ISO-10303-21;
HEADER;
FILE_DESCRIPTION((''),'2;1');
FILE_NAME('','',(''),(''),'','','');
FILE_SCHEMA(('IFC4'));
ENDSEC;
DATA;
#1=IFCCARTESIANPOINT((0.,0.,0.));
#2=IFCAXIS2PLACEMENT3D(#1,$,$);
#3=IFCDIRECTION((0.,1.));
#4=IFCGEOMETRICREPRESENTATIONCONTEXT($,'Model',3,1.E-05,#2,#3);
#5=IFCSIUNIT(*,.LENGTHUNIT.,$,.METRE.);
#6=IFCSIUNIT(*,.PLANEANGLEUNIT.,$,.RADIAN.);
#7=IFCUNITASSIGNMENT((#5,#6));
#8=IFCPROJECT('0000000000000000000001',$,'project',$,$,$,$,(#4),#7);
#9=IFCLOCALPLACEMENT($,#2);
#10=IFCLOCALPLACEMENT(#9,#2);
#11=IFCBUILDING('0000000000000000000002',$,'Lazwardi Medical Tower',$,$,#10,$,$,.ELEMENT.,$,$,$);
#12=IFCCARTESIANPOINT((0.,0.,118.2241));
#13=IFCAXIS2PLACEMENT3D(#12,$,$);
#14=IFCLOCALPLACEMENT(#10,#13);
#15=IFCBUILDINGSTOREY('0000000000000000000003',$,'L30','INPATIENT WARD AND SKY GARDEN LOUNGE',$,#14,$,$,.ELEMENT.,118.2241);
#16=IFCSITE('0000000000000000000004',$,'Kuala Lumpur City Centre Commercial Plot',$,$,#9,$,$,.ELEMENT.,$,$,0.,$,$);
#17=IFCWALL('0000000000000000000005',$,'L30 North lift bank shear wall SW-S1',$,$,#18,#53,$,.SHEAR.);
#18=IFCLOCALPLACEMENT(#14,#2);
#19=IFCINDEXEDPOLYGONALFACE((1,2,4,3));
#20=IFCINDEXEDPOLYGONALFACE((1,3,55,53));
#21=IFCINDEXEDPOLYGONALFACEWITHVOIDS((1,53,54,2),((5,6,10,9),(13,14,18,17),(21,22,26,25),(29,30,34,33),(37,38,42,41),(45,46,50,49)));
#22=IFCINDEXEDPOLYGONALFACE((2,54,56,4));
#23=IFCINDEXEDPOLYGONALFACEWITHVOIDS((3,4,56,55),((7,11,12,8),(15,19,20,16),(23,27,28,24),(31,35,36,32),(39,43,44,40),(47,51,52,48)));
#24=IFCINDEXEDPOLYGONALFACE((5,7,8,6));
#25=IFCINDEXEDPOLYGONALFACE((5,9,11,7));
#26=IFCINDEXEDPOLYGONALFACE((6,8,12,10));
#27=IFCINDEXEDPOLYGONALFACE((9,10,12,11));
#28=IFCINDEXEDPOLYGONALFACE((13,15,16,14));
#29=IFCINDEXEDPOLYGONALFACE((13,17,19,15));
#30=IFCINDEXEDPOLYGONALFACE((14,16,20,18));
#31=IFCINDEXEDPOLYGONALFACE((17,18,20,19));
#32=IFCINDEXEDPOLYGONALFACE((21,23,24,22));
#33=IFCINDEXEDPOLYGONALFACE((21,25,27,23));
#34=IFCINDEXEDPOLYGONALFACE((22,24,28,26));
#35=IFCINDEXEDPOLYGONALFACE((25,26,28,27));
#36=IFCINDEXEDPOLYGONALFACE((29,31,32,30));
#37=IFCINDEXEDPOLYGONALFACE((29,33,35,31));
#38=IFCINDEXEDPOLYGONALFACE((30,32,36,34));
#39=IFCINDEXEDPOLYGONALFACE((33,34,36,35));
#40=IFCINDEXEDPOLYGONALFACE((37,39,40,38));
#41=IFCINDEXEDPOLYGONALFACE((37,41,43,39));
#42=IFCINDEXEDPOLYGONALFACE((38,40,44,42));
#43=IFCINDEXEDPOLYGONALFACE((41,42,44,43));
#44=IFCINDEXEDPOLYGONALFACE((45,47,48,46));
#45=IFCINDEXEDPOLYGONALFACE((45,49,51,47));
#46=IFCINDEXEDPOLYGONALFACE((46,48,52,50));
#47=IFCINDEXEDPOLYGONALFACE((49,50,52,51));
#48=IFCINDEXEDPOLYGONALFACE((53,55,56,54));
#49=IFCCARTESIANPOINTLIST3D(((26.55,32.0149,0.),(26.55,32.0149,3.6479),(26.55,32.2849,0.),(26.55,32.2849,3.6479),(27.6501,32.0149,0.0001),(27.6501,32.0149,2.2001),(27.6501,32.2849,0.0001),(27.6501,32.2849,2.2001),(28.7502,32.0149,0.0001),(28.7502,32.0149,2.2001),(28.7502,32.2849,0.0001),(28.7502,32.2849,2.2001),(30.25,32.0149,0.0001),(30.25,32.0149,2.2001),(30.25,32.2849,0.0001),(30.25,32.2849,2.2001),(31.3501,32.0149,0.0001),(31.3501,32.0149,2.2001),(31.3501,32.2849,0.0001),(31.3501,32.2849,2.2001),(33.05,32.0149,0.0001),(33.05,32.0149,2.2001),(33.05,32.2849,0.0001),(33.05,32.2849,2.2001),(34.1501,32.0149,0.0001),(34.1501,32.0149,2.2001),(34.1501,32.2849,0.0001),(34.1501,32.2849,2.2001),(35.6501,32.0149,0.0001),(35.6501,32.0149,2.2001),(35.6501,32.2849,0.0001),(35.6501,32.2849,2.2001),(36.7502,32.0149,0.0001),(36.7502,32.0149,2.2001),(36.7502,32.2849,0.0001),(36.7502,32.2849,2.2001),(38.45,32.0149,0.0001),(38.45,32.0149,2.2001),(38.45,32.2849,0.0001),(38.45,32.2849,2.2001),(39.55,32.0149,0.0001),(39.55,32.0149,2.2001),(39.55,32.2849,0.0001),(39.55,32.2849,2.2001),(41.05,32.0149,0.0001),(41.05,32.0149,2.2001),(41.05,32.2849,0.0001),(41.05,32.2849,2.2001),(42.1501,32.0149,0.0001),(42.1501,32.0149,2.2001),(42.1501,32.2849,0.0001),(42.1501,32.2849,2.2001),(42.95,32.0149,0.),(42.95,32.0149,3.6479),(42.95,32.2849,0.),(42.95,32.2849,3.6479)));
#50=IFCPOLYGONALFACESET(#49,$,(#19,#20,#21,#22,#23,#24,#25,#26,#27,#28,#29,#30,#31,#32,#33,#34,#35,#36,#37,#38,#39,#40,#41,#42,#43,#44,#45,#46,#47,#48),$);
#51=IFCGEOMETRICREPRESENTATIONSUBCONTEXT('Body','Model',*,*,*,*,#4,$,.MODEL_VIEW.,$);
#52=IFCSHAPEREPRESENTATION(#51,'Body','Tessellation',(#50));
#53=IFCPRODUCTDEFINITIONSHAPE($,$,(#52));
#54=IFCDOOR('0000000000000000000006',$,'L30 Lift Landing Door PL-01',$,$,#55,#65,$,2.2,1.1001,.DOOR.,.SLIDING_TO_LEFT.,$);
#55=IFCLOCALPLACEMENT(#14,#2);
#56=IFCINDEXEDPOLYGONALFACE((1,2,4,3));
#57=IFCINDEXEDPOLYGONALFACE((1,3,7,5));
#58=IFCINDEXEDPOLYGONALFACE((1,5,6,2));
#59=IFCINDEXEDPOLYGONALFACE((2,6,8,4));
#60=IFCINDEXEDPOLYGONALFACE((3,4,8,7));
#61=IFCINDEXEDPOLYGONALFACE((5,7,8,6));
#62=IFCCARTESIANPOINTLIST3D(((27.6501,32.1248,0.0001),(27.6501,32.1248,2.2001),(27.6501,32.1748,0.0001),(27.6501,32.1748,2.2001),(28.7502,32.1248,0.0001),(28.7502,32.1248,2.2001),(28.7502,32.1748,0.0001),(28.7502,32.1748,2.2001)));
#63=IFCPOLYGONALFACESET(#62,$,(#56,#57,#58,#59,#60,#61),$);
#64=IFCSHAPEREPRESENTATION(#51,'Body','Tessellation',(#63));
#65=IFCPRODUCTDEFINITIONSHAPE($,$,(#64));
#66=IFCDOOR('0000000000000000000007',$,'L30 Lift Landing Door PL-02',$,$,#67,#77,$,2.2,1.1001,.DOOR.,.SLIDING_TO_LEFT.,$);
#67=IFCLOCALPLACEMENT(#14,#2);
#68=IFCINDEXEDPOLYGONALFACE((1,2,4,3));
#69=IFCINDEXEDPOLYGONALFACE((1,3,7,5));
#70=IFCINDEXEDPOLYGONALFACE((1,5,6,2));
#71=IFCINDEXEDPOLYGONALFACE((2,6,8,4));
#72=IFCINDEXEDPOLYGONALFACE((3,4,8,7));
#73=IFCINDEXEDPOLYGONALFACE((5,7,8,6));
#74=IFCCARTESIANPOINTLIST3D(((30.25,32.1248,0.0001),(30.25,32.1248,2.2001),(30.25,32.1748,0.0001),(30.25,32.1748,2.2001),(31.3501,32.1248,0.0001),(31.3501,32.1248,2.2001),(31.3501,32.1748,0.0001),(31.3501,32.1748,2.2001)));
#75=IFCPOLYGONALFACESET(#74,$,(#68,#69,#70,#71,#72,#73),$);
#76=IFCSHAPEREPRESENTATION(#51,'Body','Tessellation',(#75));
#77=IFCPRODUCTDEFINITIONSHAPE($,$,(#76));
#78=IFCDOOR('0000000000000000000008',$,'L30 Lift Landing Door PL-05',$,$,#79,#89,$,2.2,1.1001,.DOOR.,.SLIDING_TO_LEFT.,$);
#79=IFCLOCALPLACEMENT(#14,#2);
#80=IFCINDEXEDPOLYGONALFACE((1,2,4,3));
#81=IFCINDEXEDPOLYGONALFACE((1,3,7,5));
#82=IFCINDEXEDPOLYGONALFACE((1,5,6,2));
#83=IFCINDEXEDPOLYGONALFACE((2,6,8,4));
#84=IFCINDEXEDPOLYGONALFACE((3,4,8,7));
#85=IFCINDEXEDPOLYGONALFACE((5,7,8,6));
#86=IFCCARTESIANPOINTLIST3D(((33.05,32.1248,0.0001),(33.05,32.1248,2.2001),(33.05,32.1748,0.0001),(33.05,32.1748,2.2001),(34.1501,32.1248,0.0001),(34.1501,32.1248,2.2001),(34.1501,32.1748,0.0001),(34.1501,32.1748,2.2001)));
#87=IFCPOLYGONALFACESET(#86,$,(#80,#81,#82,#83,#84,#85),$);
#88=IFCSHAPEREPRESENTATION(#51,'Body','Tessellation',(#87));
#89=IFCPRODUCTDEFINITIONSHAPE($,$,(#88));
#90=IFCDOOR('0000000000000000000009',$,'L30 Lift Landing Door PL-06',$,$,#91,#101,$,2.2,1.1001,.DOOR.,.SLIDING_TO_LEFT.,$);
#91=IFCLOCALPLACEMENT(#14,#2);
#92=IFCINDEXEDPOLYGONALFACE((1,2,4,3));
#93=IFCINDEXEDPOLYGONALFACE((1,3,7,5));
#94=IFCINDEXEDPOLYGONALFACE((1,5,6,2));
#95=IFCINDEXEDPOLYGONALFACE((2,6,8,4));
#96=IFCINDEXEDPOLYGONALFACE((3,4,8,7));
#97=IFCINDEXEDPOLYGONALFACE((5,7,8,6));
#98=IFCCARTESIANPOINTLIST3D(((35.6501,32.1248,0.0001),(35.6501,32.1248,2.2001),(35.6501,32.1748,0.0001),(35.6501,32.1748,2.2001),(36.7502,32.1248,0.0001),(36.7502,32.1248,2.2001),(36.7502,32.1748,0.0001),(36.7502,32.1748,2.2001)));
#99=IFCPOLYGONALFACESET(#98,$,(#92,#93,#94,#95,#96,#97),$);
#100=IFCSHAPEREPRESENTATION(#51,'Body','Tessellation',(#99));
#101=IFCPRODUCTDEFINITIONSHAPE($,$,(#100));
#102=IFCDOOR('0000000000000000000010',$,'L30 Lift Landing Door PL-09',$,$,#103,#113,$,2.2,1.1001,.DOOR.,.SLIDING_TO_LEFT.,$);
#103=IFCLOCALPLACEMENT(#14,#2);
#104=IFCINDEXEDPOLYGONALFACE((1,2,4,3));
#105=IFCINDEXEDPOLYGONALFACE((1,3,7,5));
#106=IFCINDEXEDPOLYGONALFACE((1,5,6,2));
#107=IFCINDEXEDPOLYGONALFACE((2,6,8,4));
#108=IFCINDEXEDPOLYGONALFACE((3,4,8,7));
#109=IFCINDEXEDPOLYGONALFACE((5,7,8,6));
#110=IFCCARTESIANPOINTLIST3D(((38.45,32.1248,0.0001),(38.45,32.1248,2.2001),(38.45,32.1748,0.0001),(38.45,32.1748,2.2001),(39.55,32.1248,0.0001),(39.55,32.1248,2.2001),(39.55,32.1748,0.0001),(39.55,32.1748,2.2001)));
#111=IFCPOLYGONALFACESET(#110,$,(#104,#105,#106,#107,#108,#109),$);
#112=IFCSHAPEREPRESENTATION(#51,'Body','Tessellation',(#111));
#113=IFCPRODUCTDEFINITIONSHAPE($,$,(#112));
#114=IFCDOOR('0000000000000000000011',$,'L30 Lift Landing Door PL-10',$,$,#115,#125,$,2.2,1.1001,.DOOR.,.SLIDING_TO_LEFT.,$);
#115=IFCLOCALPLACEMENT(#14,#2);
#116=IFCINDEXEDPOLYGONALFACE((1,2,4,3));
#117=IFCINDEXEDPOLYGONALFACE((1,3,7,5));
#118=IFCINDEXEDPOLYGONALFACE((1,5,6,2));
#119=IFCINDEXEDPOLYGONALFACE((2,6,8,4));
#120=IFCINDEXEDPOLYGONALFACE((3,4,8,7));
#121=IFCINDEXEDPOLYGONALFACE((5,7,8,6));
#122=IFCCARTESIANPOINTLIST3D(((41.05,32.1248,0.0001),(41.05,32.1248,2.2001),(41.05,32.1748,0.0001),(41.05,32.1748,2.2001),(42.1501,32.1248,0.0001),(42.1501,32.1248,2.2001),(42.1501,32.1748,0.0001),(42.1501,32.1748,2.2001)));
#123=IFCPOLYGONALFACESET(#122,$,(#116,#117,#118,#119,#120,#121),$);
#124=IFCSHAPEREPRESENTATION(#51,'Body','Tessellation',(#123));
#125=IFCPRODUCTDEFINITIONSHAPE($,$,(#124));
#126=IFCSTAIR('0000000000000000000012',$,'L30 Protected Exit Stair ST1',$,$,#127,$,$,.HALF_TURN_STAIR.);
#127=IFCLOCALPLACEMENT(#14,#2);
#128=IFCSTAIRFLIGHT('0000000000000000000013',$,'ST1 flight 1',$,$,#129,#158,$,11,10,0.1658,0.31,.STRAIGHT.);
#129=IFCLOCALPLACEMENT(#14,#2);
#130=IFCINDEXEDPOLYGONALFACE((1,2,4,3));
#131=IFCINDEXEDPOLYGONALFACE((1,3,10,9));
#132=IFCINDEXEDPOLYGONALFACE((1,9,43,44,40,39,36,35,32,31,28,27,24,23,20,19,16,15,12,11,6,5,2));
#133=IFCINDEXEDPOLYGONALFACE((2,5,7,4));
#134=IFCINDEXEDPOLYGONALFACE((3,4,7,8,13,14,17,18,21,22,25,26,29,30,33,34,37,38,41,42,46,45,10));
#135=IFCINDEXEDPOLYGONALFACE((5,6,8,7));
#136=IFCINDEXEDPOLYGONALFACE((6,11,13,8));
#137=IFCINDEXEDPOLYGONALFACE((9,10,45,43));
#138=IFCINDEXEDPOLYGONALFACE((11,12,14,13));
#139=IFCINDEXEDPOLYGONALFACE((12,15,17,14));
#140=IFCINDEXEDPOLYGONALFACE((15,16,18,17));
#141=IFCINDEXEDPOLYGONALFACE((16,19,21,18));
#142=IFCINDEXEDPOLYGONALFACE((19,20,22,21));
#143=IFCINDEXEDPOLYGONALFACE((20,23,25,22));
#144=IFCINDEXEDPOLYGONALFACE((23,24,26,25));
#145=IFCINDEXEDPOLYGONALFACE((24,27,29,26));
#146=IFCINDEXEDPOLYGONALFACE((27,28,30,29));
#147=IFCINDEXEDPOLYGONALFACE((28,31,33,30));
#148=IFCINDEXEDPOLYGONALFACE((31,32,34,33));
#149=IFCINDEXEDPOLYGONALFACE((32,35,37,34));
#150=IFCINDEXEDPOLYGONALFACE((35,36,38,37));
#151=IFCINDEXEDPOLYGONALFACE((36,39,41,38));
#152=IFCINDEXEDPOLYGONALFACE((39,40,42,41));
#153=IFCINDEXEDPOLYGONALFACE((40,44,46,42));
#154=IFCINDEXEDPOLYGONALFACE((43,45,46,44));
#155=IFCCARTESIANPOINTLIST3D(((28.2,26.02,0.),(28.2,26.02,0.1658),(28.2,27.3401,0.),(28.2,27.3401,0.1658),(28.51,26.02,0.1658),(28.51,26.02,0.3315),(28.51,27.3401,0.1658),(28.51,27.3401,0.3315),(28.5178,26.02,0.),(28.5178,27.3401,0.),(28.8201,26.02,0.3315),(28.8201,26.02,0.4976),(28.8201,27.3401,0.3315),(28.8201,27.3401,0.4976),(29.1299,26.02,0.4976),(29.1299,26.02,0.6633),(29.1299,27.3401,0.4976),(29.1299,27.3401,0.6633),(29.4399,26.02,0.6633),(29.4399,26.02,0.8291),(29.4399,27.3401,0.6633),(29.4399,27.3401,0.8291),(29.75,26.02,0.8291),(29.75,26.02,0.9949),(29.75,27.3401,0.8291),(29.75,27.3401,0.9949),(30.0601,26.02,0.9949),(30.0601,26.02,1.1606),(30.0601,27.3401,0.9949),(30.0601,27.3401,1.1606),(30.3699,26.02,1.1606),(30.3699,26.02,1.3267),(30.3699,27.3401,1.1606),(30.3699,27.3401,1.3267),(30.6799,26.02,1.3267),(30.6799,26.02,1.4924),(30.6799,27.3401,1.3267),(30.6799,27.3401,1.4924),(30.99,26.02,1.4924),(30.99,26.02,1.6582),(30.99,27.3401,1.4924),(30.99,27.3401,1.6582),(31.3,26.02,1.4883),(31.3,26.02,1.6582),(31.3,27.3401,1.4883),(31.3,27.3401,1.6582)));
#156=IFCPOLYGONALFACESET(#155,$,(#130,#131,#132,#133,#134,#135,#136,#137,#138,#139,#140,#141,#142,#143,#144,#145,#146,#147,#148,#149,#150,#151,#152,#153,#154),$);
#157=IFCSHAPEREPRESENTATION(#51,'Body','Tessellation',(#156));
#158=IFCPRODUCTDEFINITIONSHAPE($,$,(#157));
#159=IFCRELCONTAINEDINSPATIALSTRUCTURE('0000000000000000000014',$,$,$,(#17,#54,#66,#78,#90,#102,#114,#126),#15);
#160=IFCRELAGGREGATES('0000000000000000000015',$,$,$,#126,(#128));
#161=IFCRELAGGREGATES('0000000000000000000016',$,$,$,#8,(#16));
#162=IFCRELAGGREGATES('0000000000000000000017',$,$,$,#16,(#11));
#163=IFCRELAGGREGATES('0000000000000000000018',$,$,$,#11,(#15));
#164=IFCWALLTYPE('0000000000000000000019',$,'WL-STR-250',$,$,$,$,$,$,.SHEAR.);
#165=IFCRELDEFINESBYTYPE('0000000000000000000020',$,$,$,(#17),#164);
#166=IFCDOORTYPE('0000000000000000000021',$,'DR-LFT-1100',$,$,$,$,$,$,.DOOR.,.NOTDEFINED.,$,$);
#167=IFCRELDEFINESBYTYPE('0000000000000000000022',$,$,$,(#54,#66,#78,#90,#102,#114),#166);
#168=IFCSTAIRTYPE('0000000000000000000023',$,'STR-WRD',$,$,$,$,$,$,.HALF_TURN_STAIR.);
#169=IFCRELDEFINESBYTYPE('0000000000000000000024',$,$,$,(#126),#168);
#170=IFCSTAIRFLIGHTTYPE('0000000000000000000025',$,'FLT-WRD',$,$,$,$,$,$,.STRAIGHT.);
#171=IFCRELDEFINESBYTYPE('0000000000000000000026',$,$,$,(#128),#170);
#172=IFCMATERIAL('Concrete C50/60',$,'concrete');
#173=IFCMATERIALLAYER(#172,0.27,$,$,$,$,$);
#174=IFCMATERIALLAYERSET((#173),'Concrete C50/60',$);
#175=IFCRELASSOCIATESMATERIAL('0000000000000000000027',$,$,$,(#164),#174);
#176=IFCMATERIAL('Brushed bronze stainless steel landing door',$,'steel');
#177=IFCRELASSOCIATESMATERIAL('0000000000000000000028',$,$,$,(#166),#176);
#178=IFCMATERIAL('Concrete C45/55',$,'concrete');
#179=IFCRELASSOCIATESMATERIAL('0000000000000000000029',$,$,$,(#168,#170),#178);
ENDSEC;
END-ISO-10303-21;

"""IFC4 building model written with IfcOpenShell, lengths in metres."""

from ifc_helpers import new_model, si_unit, direction, frame, frame_2d, origin, place, context, subcontext, project, spatial, polyline, rectangle, outline, extrude, material, layer, layer_set, type_object, element, fill, aggregate, save


model = new_model("IFC4")

# Units and contexts
model_context = context("Model", 3, precision=1e-05, world=origin(), true_north=direction((0.0, 1.0)))
body_context = subcontext(model_context, "Body", "Model", "MODEL_VIEW")
ifc_project = project(units=[si_unit("LENGTHUNIT", "METRE"), si_unit("PLANEANGLEUNIT", "RADIAN")], contexts=[model_context])

# Site, building, storey
site_placement = place(None, origin())
site = spatial("IfcSite", under=ifc_project, at=site_placement, Name="Kuala Lumpur City Centre Commercial Plot", CompositionType="ELEMENT", RefElevation=0.0)
building_placement = place(site_placement, origin())
building = spatial("IfcBuilding", under=site, at=building_placement, Name="Lazwardi Medical Tower", CompositionType="ELEMENT")
storey_placement = place(building_placement, frame((0.0, 0.0, 118.2241)))
storey = spatial("IfcBuildingStorey", under=building, at=storey_placement, Name="L30", Description="INPATIENT WARD AND SKY GARDEN LOUNGE", CompositionType="ELEMENT", Elevation=118.2241)

# Shared definitions
ifc_material_1 = material(Name="Concrete C50/60", Category="concrete")
ifc_layer_1 = layer(ifc_material_1, 0.27)
ifc_layer_set_1 = layer_set([ifc_layer_1], Name="Concrete C50/60")
wall_type_1 = type_object("IfcWallType", Name="WL-STR-250", PredefinedType="SHEAR", material=ifc_layer_set_1)

# Wall, openings, doors
wall_1_placement = place(storey_placement, frame((26.55, 32.1499, 0.0), z_axis=(0.0, 0.0, 1.0), x_axis=(1.0, 0.0, 0.0)))
wall_1 = element("IfcWall", 1, at=wall_1_placement, inside=storey, type_object=wall_type_1, Name="L30 North lift bank shear wall SW-S1", PredefinedType="SHEAR", context=body_context, shape_type="SweptSolid", body=[
    extrude(rectangle(XDim=16.3999, YDim=0.27, at=frame_2d((8.2, 0.0))), origin(), (0.0, 0.0, 1.0), 3.6479),
])
opening_1_placement = place(wall_1_placement, frame((1.1001, 0.0, 0.0)))
opening_1 = element("IfcOpeningElement", 2, at=opening_1_placement, cuts=wall_1, PredefinedType="OPENING", context=body_context, shape_type="SweptSolid", body=[
    extrude(rectangle(XDim=1.1001, YDim=2.2, at=frame_2d((0.55, 1.1001))), frame((0.0, 0.145, 0.0), z_axis=(0.0, -1.0, 0.0), x_axis=(1.0, 0.0, 0.0)), (0.0, 0.0, 1.0), 0.29),
])
opening_2_placement = place(wall_1_placement, frame((3.7, 0.0, 0.0)))
opening_2 = element("IfcOpeningElement", 3, at=opening_2_placement, cuts=wall_1, PredefinedType="OPENING", context=body_context, shape_type="SweptSolid", body=[
    extrude(rectangle(XDim=1.1001, YDim=2.2, at=frame_2d((0.55, 1.1001))), frame((0.0, 0.145, 0.0), z_axis=(0.0, -1.0, 0.0), x_axis=(1.0, 0.0, 0.0)), (0.0, 0.0, 1.0), 0.29),
])
opening_3_placement = place(wall_1_placement, frame((6.5, 0.0, 0.0)))
opening_3 = element("IfcOpeningElement", 4, at=opening_3_placement, cuts=wall_1, PredefinedType="OPENING", context=body_context, shape_type="SweptSolid", body=[
    extrude(rectangle(XDim=1.1001, YDim=2.2, at=frame_2d((0.55, 1.1001))), frame((0.0, 0.145, 0.0), z_axis=(0.0, -1.0, 0.0), x_axis=(1.0, 0.0, 0.0)), (0.0, 0.0, 1.0), 0.29),
])
opening_4_placement = place(wall_1_placement, frame((9.1001, 0.0, 0.0)))
opening_4 = element("IfcOpeningElement", 5, at=opening_4_placement, cuts=wall_1, PredefinedType="OPENING", context=body_context, shape_type="SweptSolid", body=[
    extrude(rectangle(XDim=1.1001, YDim=2.2, at=frame_2d((0.55, 1.1001))), frame((0.0, 0.145, 0.0), z_axis=(0.0, -1.0, 0.0), x_axis=(1.0, 0.0, 0.0)), (0.0, 0.0, 1.0), 0.29),
])
opening_5_placement = place(wall_1_placement, frame((11.8999, 0.0, 0.0)))
opening_5 = element("IfcOpeningElement", 6, at=opening_5_placement, cuts=wall_1, PredefinedType="OPENING", context=body_context, shape_type="SweptSolid", body=[
    extrude(rectangle(XDim=1.1001, YDim=2.2, at=frame_2d((0.55, 1.1001))), frame((0.0, 0.145, 0.0), z_axis=(0.0, -1.0, 0.0), x_axis=(1.0, 0.0, 0.0)), (0.0, 0.0, 1.0), 0.29),
])
opening_6_placement = place(wall_1_placement, frame((14.5, 0.0, 0.0)))
opening_6 = element("IfcOpeningElement", 7, at=opening_6_placement, cuts=wall_1, PredefinedType="OPENING", context=body_context, shape_type="SweptSolid", body=[
    extrude(rectangle(XDim=1.1001, YDim=2.2, at=frame_2d((0.55, 1.1001))), frame((0.0, 0.145, 0.0), z_axis=(0.0, -1.0, 0.0), x_axis=(1.0, 0.0, 0.0)), (0.0, 0.0, 1.0), 0.29),
])
ifc_material_2 = material(Name="Brushed bronze stainless steel landing door", Category="steel")
door_type = type_object("IfcDoorType", Name="DR-LFT-1100", OperationType="NOTDEFINED", PredefinedType="DOOR", material=ifc_material_2)
door_1_placement = place(opening_1_placement, origin())
door_1 = element("IfcDoor", 8, at=door_1_placement, inside=storey, type_object=door_type, Name="L30 Lift Landing Door PL-01", OperationType="SLIDING_TO_LEFT", OverallHeight=2.2, OverallWidth=1.1001, PredefinedType="DOOR", context=body_context, shape_type="SweptSolid", body=[
    extrude(rectangle(XDim=1.1001, YDim=2.2, at=frame_2d((0.55, 1.1001))), frame((0.0, 0.0249, 0.0), z_axis=(0.0, -1.0, 0.0), x_axis=(1.0, 0.0, 0.0)), (0.0, 0.0, 1.0), 0.05),
])
fill(opening_1, door_1)
door_2_placement = place(opening_2_placement, origin())
door_2 = element("IfcDoor", 9, at=door_2_placement, inside=storey, type_object=door_type, Name="L30 Lift Landing Door PL-02", OperationType="SLIDING_TO_LEFT", OverallHeight=2.2, OverallWidth=1.1001, PredefinedType="DOOR", context=body_context, shape_type="SweptSolid", body=[
    extrude(rectangle(XDim=1.1001, YDim=2.2, at=frame_2d((0.55, 1.1001))), frame((0.0, 0.0249, 0.0), z_axis=(0.0, -1.0, 0.0), x_axis=(1.0, 0.0, 0.0)), (0.0, 0.0, 1.0), 0.05),
])
fill(opening_2, door_2)
door_3_placement = place(opening_3_placement, origin())
door_3 = element("IfcDoor", 10, at=door_3_placement, inside=storey, type_object=door_type, Name="L30 Lift Landing Door PL-05", OperationType="SLIDING_TO_LEFT", OverallHeight=2.2, OverallWidth=1.1001, PredefinedType="DOOR", context=body_context, shape_type="SweptSolid", body=[
    extrude(rectangle(XDim=1.1001, YDim=2.2, at=frame_2d((0.55, 1.1001))), frame((0.0, 0.0249, 0.0), z_axis=(0.0, -1.0, 0.0), x_axis=(1.0, 0.0, 0.0)), (0.0, 0.0, 1.0), 0.05),
])
fill(opening_3, door_3)
door_4_placement = place(opening_4_placement, origin())
door_4 = element("IfcDoor", 11, at=door_4_placement, inside=storey, type_object=door_type, Name="L30 Lift Landing Door PL-06", OperationType="SLIDING_TO_LEFT", OverallHeight=2.2, OverallWidth=1.1001, PredefinedType="DOOR", context=body_context, shape_type="SweptSolid", body=[
    extrude(rectangle(XDim=1.1001, YDim=2.2, at=frame_2d((0.55, 1.1001))), frame((0.0, 0.0249, 0.0), z_axis=(0.0, -1.0, 0.0), x_axis=(1.0, 0.0, 0.0)), (0.0, 0.0, 1.0), 0.05),
])
fill(opening_4, door_4)
door_5_placement = place(opening_5_placement, origin())
door_5 = element("IfcDoor", 12, at=door_5_placement, inside=storey, type_object=door_type, Name="L30 Lift Landing Door PL-09", OperationType="SLIDING_TO_LEFT", OverallHeight=2.2, OverallWidth=1.1001, PredefinedType="DOOR", context=body_context, shape_type="SweptSolid", body=[
    extrude(rectangle(XDim=1.1001, YDim=2.2, at=frame_2d((0.55, 1.1001))), frame((0.0, 0.0249, 0.0), z_axis=(0.0, -1.0, 0.0), x_axis=(1.0, 0.0, 0.0)), (0.0, 0.0, 1.0), 0.05),
])
fill(opening_5, door_5)
door_6_placement = place(opening_6_placement, origin())
door_6 = element("IfcDoor", 13, at=door_6_placement, inside=storey, type_object=door_type, Name="L30 Lift Landing Door PL-10", OperationType="SLIDING_TO_LEFT", OverallHeight=2.2, OverallWidth=1.1001, PredefinedType="DOOR", context=body_context, shape_type="SweptSolid", body=[
    extrude(rectangle(XDim=1.1001, YDim=2.2, at=frame_2d((0.55, 1.1001))), frame((0.0, 0.0249, 0.0), z_axis=(0.0, -1.0, 0.0), x_axis=(1.0, 0.0, 0.0)), (0.0, 0.0, 1.0), 0.05),
])
fill(opening_6, door_6)

# Stair, stair flight
ifc_material_3 = material(Name="Concrete C45/55", Category="concrete")
stair_type = type_object("IfcStairType", Name="STR-WRD", PredefinedType="HALF_TURN_STAIR", material=ifc_material_3)
stair_placement = place(storey_placement, origin())
stair = element("IfcStair", 14, at=stair_placement, inside=storey, type_object=stair_type, Name="L30 Protected Exit Stair ST1", PredefinedType="HALF_TURN_STAIR")
stair_flight_type = type_object("IfcStairFlightType", Name="FLT-WRD", PredefinedType="STRAIGHT", material=ifc_material_3)
stair_flight_1_placement = place(storey_placement, frame((28.2, 26.6799, 0.0), z_axis=(0.0, 0.0, 1.0), x_axis=(1.0, 0.0, 0.0)))
stair_flight_1 = element("IfcStairFlight", 15, at=stair_flight_1_placement, type_object=stair_flight_type, Name="ST1 flight 1", NumberOfRisers=11, NumberOfTreads=10, PredefinedType="STRAIGHT", RiserHeight=0.1658, TreadLength=0.31, context=body_context, shape_type="SweptSolid", body=[
    extrude(outline(polyline([(0.0, 0.0), (0.0, 0.1658), (0.3101, 0.1658), (0.3101, 0.3315), (0.6201, 0.3315), (0.6201, 0.4976), (0.9299, 0.4976), (0.9299, 0.6633), (1.24, 0.6633), (1.24, 0.8291), (1.55, 0.8291), (1.55, 0.9949), (1.8601, 0.9949), (1.8601, 1.1606), (2.1699, 1.1606), (2.1699, 1.3267), (2.48, 1.3267), (2.48, 1.4924), (2.79, 1.4924), (2.79, 1.6582), (3.1001, 1.6582), (3.1001, 1.824), (3.1001, 1.4883), (0.3179, 0.0), (0.0, 0.0)])), frame((0.0, 0.6602, 0.0), z_axis=(0.0, -1.0, 0.0), x_axis=(1.0, 0.0, 0.0)), (0.0, 0.0, 1.0), 1.3201),
])
aggregate(stair, [stair_flight_1])

save(model, "model.ifc")
